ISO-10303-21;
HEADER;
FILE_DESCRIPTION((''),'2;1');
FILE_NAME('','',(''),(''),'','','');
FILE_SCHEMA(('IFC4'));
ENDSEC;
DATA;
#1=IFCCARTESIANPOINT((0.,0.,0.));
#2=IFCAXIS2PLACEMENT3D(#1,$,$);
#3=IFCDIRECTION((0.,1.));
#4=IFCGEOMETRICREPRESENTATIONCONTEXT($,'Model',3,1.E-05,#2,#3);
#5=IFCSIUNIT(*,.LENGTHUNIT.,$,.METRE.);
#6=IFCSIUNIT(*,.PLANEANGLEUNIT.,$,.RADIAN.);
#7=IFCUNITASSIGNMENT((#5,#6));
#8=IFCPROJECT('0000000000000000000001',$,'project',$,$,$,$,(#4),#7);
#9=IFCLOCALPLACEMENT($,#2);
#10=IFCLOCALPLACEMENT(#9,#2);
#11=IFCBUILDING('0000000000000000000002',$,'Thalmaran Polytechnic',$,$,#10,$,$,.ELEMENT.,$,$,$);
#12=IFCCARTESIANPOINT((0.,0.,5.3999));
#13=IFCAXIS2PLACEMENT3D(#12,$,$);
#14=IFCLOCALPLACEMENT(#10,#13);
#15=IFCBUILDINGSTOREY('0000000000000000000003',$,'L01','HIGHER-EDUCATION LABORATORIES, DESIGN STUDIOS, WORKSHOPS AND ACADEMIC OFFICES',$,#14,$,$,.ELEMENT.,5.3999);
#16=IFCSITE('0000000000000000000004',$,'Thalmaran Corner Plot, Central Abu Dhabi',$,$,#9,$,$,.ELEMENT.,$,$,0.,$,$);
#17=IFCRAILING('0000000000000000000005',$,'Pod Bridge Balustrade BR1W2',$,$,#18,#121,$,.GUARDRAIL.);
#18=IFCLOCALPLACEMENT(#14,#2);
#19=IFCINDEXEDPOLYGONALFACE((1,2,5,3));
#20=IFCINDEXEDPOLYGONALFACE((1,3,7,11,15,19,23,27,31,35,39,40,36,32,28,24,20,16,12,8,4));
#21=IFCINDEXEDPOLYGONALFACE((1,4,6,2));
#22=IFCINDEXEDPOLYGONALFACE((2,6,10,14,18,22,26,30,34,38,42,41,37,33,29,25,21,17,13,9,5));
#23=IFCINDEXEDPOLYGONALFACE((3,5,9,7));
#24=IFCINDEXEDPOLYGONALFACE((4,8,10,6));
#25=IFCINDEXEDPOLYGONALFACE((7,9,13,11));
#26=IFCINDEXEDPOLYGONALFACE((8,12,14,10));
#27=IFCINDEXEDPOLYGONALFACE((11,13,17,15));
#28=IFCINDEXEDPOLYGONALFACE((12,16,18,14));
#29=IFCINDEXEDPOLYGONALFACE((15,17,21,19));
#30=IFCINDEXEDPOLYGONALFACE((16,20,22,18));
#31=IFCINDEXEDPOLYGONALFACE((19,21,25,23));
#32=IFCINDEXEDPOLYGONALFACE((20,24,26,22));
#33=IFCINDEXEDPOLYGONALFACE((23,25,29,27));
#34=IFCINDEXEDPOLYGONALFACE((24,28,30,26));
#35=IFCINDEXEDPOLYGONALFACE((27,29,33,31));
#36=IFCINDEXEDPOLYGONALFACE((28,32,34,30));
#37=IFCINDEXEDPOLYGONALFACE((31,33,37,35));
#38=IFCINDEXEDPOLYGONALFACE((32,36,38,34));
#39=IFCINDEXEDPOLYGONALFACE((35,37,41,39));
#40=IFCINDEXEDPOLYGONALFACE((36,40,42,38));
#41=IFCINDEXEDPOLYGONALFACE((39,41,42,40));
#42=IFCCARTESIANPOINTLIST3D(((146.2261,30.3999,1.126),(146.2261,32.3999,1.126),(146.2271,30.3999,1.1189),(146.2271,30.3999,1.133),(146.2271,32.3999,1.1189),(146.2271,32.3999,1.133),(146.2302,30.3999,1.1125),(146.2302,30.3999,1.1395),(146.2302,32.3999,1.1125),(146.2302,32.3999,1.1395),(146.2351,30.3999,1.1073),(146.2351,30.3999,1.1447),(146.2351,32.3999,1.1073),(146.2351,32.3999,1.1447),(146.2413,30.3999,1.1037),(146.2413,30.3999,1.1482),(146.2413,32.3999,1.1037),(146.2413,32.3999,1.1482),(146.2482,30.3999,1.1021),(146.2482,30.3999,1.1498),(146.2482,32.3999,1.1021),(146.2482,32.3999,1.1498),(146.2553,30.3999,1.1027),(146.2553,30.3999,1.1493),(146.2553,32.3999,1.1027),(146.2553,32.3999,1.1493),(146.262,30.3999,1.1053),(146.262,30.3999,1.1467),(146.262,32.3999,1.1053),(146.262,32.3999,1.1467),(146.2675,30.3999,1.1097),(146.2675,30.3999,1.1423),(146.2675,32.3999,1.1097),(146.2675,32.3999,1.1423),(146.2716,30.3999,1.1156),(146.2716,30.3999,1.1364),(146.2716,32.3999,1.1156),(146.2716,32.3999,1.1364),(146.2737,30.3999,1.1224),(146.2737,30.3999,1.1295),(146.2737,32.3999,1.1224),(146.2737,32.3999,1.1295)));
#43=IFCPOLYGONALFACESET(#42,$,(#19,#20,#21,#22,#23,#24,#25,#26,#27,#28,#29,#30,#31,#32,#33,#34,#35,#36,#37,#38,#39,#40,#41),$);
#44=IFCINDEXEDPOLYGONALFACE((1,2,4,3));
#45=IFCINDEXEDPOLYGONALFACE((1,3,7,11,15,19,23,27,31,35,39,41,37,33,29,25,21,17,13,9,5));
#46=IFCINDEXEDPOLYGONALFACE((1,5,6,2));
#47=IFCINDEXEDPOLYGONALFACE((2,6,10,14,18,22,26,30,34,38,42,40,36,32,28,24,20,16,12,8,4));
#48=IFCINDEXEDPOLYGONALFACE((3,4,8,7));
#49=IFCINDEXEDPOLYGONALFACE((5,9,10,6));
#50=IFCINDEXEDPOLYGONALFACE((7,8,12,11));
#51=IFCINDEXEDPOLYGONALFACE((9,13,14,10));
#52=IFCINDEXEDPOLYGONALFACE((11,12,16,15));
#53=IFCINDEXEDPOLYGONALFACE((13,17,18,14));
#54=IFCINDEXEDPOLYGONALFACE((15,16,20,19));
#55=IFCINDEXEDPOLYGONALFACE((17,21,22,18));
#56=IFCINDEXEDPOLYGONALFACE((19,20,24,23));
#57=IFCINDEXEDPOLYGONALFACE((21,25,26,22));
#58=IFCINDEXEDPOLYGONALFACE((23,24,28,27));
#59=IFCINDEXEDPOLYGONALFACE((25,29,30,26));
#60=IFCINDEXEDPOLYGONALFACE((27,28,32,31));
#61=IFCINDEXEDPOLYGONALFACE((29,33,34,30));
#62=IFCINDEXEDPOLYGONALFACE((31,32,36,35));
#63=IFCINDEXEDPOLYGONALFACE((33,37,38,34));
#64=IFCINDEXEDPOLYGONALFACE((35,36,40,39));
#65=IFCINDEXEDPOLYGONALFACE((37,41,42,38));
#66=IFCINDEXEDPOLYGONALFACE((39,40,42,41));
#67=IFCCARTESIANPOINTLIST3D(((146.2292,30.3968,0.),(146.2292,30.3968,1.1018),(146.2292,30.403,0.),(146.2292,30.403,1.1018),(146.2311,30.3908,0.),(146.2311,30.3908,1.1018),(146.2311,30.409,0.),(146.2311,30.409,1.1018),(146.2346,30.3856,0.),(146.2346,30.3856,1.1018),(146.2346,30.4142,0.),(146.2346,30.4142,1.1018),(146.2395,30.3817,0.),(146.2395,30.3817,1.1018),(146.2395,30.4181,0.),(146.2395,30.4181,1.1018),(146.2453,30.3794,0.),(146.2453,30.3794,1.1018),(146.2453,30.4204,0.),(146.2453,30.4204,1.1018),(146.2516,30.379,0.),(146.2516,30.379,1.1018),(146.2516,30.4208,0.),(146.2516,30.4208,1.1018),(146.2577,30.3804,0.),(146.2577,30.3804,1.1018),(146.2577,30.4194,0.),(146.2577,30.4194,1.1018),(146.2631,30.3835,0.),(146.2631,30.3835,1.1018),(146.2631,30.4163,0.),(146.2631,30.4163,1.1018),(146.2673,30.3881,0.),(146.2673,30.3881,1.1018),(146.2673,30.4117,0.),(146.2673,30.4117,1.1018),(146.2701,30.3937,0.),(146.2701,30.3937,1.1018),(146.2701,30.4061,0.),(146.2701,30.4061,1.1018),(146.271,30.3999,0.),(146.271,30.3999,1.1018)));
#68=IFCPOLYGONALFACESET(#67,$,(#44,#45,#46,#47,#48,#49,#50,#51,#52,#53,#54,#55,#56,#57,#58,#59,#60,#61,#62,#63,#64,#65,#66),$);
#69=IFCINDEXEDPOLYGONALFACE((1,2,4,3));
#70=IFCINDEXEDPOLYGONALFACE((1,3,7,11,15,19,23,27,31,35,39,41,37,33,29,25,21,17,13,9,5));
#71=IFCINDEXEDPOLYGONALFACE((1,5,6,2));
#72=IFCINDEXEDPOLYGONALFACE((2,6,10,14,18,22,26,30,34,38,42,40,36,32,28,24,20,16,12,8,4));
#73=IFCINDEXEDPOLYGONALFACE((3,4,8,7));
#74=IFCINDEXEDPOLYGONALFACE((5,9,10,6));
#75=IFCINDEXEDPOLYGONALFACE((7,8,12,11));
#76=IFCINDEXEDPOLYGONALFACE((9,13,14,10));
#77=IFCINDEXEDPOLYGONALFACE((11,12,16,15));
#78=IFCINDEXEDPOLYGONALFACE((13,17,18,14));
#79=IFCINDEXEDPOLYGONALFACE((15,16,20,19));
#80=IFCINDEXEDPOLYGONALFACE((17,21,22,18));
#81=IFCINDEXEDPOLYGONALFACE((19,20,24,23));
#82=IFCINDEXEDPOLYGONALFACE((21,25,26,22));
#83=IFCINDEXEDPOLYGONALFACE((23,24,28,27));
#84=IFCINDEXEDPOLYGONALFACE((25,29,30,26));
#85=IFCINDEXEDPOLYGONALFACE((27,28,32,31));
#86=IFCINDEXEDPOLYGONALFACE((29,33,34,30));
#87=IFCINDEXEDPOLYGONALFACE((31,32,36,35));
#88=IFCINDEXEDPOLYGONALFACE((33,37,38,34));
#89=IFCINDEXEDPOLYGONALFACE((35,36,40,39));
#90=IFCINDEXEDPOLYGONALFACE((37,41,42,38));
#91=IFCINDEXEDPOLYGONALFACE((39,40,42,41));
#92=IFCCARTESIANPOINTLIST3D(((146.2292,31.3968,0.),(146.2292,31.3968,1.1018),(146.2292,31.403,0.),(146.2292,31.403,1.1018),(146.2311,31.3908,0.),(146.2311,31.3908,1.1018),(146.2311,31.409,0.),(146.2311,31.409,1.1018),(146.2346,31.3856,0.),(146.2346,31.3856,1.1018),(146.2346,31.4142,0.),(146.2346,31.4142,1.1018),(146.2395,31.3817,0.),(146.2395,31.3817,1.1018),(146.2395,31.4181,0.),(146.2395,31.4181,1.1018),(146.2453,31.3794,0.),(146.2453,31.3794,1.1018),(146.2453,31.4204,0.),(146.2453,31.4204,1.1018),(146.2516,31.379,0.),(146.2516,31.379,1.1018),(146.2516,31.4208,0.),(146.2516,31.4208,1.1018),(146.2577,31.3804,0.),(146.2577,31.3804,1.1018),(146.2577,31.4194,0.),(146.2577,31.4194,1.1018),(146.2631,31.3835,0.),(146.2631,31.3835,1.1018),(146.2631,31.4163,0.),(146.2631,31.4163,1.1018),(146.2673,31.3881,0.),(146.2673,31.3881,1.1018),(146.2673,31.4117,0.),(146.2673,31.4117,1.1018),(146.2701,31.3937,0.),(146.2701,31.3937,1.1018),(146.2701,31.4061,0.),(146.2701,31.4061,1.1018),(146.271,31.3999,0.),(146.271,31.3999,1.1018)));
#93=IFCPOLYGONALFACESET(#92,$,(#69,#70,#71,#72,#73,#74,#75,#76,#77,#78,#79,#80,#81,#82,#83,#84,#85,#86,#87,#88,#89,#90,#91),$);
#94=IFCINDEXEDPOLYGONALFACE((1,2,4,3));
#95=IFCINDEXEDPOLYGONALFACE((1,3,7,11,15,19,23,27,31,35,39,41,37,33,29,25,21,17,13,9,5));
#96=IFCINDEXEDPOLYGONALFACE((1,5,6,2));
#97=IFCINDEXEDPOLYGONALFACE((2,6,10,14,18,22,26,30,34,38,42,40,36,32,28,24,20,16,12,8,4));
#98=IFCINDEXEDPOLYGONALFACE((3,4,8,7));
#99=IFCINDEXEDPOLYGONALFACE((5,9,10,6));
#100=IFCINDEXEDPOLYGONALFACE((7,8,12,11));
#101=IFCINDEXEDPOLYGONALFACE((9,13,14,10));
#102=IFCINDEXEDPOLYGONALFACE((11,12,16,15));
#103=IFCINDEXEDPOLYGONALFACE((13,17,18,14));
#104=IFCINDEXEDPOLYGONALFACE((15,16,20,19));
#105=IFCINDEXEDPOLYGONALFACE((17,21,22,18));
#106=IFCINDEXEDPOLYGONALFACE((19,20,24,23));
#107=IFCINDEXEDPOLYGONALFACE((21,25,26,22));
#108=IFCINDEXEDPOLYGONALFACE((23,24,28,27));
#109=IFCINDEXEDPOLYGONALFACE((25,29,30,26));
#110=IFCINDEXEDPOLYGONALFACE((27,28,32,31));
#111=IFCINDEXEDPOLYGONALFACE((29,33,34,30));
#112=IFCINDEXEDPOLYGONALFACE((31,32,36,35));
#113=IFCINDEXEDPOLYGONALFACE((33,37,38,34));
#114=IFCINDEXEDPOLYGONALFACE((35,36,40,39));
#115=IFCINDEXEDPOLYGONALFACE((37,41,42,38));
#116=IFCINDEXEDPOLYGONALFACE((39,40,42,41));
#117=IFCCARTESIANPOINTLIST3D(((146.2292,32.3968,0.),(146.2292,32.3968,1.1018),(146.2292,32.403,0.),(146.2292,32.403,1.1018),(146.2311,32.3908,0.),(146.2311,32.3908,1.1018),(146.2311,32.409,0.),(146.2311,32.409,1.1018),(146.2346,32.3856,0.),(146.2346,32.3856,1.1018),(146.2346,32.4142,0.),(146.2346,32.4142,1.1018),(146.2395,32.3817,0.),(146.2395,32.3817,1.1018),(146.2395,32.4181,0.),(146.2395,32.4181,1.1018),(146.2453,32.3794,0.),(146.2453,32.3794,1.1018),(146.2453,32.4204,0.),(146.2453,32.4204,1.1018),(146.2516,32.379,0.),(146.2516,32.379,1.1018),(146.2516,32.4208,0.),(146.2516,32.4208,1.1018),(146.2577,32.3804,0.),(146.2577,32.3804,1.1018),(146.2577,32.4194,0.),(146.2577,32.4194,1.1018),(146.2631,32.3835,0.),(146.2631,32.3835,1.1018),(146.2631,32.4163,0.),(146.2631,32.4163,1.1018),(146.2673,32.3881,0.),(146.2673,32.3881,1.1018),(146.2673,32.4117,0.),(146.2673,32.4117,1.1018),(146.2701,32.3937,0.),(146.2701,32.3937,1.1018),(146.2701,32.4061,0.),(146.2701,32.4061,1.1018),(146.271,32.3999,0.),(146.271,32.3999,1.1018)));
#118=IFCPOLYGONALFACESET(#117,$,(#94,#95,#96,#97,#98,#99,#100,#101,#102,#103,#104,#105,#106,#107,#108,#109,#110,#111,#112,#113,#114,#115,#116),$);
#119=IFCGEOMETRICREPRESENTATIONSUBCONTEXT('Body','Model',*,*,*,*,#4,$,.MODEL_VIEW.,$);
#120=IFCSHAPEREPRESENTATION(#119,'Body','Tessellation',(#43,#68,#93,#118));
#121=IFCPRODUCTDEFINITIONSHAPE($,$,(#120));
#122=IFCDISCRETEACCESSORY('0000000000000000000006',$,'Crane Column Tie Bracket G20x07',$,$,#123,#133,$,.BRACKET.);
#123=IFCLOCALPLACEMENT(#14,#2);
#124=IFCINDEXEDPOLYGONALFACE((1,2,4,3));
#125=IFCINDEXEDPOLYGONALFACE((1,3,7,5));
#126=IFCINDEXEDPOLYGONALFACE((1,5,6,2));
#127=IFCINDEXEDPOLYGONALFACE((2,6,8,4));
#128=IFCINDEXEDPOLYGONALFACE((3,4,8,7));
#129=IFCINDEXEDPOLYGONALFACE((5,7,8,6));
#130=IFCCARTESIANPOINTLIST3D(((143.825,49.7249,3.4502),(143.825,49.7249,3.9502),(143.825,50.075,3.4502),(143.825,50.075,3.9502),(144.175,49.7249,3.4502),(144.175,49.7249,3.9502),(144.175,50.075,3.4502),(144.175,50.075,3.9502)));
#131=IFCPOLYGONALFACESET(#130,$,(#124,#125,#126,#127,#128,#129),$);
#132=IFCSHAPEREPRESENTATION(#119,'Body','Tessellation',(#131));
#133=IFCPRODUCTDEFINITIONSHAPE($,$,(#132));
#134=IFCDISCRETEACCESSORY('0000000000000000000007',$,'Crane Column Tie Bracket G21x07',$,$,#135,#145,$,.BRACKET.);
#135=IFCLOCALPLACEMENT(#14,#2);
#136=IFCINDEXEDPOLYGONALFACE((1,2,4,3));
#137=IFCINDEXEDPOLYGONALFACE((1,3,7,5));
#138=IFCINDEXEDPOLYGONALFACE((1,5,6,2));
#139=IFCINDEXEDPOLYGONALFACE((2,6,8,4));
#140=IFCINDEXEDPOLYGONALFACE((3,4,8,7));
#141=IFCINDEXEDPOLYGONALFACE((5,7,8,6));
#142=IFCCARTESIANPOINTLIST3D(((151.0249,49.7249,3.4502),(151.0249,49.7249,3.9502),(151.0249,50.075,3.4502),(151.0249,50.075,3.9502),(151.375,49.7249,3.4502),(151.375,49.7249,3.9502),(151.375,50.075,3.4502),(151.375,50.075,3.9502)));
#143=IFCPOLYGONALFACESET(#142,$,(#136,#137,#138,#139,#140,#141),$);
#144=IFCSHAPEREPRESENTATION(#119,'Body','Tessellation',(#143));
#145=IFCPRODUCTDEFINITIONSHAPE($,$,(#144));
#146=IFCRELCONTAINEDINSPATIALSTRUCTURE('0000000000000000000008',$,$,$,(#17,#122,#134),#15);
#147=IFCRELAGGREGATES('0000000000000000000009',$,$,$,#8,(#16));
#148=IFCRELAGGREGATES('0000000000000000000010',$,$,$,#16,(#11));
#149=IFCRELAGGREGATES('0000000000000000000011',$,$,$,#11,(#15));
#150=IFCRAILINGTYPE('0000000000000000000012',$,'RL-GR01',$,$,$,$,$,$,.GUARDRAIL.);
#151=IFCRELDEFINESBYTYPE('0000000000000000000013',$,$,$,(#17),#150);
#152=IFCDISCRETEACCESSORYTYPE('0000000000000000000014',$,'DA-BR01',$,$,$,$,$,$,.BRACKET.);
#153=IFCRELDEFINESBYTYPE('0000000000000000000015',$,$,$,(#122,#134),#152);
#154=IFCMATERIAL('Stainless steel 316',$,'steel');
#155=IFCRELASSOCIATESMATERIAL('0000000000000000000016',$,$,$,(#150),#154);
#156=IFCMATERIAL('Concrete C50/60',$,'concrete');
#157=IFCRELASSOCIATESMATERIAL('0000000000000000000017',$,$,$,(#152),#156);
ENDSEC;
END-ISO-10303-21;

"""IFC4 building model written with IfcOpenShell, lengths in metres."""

from ifc_helpers import new_model, si_unit, direction, frame, origin, origin_2d, place, context, subcontext, project, spatial, rectangle, circle, extrude, material, type_object, element, save


model = new_model("IFC4")

# Units and contexts
model_context = context("Model", 3, precision=1e-05, world=origin(), true_north=direction((0.0, 1.0)))
body_context = subcontext(model_context, "Body", "Model", "MODEL_VIEW")
ifc_project = project(units=[si_unit("LENGTHUNIT", "METRE"), si_unit("PLANEANGLEUNIT", "RADIAN")], contexts=[model_context])

# Site, building, storey
site_placement = place(None, origin())
site = spatial("IfcSite", under=ifc_project, at=site_placement, Name="Thalmaran Corner Plot, Central Abu Dhabi", CompositionType="ELEMENT", RefElevation=0.0)
building_placement = place(site_placement, origin())
building = spatial("IfcBuilding", under=site, at=building_placement, Name="Thalmaran Polytechnic", CompositionType="ELEMENT")
storey_placement = place(building_placement, frame((0.0, 0.0, 5.3999)))
storey = spatial("IfcBuildingStorey", under=building, at=storey_placement, Name="L01", Description="HIGHER-EDUCATION LABORATORIES, DESIGN STUDIOS, WORKSHOPS AND ACADEMIC OFFICES", CompositionType="ELEMENT", Elevation=5.3999)

# Shared definitions
ifc_material_1 = material(Name="Concrete C50/60", Category="concrete")

# Railing
ifc_material_2 = material(Name="Stainless steel 316", Category="steel")
railing_type = type_object("IfcRailingType", Name="RL-GR01", PredefinedType="GUARDRAIL", material=ifc_material_2)
railing_1_placement = place(storey_placement, frame((146.25, 30.3999, 0.0)))
element("IfcRailing", 1, at=railing_1_placement, inside=storey, type_object=railing_type, Name="Pod Bridge Balustrade BR1W2", PredefinedType="GUARDRAIL", context=body_context, shape_type="SweptSolid", body=[
    extrude(circle(Radius=0.0239, at=origin_2d()), frame((0.0, 0.0, 1.126), z_axis=(0.0, 1.0, 0.0), x_axis=(-1.0, 0.0, 0.0)), (0.0, 0.0, 1.0), 2.0),
    extrude(circle(Radius=0.021, at=origin_2d()), origin(), (0.0, 0.0, 1.0), 1.1018),
    extrude(circle(Radius=0.021, at=origin_2d()), frame((0.0, 1.0, 0.0)), (0.0, 0.0, 1.0), 1.1018),
    extrude(circle(Radius=0.021, at=origin_2d()), frame((0.0, 2.0, 0.0)), (0.0, 0.0, 1.0), 1.1018),
])

# Discrete accessories
discrete_accessory_type = type_object("IfcDiscreteAccessoryType", Name="DA-BR01", PredefinedType="BRACKET", material=ifc_material_1)
for number, where, z_axis, x_axis, name in (
    (2, (144.0, 49.8999, 3.4502), (0.0, 0.0, 1.0), (1.0, 0.0, 0.0), "Crane Column Tie Bracket G20x07"),
    (3, (151.2, 49.8999, 3.4502), (0.0, 0.0, 1.0), (1.0, 0.0, 0.0), "Crane Column Tie Bracket G21x07"),
):
    element("IfcDiscreteAccessory", number, at=place(storey_placement, frame(where, z_axis=z_axis, x_axis=x_axis)), inside=storey, type_object=discrete_accessory_type, Name=name, PredefinedType="BRACKET", context=body_context, shape_type="SweptSolid", body=[
        extrude(rectangle(XDim=0.3501, YDim=0.3501, at=origin_2d()), origin(), (0.0, 0.0, 1.0), 0.5),
    ])

save(model, "model.ifc")
